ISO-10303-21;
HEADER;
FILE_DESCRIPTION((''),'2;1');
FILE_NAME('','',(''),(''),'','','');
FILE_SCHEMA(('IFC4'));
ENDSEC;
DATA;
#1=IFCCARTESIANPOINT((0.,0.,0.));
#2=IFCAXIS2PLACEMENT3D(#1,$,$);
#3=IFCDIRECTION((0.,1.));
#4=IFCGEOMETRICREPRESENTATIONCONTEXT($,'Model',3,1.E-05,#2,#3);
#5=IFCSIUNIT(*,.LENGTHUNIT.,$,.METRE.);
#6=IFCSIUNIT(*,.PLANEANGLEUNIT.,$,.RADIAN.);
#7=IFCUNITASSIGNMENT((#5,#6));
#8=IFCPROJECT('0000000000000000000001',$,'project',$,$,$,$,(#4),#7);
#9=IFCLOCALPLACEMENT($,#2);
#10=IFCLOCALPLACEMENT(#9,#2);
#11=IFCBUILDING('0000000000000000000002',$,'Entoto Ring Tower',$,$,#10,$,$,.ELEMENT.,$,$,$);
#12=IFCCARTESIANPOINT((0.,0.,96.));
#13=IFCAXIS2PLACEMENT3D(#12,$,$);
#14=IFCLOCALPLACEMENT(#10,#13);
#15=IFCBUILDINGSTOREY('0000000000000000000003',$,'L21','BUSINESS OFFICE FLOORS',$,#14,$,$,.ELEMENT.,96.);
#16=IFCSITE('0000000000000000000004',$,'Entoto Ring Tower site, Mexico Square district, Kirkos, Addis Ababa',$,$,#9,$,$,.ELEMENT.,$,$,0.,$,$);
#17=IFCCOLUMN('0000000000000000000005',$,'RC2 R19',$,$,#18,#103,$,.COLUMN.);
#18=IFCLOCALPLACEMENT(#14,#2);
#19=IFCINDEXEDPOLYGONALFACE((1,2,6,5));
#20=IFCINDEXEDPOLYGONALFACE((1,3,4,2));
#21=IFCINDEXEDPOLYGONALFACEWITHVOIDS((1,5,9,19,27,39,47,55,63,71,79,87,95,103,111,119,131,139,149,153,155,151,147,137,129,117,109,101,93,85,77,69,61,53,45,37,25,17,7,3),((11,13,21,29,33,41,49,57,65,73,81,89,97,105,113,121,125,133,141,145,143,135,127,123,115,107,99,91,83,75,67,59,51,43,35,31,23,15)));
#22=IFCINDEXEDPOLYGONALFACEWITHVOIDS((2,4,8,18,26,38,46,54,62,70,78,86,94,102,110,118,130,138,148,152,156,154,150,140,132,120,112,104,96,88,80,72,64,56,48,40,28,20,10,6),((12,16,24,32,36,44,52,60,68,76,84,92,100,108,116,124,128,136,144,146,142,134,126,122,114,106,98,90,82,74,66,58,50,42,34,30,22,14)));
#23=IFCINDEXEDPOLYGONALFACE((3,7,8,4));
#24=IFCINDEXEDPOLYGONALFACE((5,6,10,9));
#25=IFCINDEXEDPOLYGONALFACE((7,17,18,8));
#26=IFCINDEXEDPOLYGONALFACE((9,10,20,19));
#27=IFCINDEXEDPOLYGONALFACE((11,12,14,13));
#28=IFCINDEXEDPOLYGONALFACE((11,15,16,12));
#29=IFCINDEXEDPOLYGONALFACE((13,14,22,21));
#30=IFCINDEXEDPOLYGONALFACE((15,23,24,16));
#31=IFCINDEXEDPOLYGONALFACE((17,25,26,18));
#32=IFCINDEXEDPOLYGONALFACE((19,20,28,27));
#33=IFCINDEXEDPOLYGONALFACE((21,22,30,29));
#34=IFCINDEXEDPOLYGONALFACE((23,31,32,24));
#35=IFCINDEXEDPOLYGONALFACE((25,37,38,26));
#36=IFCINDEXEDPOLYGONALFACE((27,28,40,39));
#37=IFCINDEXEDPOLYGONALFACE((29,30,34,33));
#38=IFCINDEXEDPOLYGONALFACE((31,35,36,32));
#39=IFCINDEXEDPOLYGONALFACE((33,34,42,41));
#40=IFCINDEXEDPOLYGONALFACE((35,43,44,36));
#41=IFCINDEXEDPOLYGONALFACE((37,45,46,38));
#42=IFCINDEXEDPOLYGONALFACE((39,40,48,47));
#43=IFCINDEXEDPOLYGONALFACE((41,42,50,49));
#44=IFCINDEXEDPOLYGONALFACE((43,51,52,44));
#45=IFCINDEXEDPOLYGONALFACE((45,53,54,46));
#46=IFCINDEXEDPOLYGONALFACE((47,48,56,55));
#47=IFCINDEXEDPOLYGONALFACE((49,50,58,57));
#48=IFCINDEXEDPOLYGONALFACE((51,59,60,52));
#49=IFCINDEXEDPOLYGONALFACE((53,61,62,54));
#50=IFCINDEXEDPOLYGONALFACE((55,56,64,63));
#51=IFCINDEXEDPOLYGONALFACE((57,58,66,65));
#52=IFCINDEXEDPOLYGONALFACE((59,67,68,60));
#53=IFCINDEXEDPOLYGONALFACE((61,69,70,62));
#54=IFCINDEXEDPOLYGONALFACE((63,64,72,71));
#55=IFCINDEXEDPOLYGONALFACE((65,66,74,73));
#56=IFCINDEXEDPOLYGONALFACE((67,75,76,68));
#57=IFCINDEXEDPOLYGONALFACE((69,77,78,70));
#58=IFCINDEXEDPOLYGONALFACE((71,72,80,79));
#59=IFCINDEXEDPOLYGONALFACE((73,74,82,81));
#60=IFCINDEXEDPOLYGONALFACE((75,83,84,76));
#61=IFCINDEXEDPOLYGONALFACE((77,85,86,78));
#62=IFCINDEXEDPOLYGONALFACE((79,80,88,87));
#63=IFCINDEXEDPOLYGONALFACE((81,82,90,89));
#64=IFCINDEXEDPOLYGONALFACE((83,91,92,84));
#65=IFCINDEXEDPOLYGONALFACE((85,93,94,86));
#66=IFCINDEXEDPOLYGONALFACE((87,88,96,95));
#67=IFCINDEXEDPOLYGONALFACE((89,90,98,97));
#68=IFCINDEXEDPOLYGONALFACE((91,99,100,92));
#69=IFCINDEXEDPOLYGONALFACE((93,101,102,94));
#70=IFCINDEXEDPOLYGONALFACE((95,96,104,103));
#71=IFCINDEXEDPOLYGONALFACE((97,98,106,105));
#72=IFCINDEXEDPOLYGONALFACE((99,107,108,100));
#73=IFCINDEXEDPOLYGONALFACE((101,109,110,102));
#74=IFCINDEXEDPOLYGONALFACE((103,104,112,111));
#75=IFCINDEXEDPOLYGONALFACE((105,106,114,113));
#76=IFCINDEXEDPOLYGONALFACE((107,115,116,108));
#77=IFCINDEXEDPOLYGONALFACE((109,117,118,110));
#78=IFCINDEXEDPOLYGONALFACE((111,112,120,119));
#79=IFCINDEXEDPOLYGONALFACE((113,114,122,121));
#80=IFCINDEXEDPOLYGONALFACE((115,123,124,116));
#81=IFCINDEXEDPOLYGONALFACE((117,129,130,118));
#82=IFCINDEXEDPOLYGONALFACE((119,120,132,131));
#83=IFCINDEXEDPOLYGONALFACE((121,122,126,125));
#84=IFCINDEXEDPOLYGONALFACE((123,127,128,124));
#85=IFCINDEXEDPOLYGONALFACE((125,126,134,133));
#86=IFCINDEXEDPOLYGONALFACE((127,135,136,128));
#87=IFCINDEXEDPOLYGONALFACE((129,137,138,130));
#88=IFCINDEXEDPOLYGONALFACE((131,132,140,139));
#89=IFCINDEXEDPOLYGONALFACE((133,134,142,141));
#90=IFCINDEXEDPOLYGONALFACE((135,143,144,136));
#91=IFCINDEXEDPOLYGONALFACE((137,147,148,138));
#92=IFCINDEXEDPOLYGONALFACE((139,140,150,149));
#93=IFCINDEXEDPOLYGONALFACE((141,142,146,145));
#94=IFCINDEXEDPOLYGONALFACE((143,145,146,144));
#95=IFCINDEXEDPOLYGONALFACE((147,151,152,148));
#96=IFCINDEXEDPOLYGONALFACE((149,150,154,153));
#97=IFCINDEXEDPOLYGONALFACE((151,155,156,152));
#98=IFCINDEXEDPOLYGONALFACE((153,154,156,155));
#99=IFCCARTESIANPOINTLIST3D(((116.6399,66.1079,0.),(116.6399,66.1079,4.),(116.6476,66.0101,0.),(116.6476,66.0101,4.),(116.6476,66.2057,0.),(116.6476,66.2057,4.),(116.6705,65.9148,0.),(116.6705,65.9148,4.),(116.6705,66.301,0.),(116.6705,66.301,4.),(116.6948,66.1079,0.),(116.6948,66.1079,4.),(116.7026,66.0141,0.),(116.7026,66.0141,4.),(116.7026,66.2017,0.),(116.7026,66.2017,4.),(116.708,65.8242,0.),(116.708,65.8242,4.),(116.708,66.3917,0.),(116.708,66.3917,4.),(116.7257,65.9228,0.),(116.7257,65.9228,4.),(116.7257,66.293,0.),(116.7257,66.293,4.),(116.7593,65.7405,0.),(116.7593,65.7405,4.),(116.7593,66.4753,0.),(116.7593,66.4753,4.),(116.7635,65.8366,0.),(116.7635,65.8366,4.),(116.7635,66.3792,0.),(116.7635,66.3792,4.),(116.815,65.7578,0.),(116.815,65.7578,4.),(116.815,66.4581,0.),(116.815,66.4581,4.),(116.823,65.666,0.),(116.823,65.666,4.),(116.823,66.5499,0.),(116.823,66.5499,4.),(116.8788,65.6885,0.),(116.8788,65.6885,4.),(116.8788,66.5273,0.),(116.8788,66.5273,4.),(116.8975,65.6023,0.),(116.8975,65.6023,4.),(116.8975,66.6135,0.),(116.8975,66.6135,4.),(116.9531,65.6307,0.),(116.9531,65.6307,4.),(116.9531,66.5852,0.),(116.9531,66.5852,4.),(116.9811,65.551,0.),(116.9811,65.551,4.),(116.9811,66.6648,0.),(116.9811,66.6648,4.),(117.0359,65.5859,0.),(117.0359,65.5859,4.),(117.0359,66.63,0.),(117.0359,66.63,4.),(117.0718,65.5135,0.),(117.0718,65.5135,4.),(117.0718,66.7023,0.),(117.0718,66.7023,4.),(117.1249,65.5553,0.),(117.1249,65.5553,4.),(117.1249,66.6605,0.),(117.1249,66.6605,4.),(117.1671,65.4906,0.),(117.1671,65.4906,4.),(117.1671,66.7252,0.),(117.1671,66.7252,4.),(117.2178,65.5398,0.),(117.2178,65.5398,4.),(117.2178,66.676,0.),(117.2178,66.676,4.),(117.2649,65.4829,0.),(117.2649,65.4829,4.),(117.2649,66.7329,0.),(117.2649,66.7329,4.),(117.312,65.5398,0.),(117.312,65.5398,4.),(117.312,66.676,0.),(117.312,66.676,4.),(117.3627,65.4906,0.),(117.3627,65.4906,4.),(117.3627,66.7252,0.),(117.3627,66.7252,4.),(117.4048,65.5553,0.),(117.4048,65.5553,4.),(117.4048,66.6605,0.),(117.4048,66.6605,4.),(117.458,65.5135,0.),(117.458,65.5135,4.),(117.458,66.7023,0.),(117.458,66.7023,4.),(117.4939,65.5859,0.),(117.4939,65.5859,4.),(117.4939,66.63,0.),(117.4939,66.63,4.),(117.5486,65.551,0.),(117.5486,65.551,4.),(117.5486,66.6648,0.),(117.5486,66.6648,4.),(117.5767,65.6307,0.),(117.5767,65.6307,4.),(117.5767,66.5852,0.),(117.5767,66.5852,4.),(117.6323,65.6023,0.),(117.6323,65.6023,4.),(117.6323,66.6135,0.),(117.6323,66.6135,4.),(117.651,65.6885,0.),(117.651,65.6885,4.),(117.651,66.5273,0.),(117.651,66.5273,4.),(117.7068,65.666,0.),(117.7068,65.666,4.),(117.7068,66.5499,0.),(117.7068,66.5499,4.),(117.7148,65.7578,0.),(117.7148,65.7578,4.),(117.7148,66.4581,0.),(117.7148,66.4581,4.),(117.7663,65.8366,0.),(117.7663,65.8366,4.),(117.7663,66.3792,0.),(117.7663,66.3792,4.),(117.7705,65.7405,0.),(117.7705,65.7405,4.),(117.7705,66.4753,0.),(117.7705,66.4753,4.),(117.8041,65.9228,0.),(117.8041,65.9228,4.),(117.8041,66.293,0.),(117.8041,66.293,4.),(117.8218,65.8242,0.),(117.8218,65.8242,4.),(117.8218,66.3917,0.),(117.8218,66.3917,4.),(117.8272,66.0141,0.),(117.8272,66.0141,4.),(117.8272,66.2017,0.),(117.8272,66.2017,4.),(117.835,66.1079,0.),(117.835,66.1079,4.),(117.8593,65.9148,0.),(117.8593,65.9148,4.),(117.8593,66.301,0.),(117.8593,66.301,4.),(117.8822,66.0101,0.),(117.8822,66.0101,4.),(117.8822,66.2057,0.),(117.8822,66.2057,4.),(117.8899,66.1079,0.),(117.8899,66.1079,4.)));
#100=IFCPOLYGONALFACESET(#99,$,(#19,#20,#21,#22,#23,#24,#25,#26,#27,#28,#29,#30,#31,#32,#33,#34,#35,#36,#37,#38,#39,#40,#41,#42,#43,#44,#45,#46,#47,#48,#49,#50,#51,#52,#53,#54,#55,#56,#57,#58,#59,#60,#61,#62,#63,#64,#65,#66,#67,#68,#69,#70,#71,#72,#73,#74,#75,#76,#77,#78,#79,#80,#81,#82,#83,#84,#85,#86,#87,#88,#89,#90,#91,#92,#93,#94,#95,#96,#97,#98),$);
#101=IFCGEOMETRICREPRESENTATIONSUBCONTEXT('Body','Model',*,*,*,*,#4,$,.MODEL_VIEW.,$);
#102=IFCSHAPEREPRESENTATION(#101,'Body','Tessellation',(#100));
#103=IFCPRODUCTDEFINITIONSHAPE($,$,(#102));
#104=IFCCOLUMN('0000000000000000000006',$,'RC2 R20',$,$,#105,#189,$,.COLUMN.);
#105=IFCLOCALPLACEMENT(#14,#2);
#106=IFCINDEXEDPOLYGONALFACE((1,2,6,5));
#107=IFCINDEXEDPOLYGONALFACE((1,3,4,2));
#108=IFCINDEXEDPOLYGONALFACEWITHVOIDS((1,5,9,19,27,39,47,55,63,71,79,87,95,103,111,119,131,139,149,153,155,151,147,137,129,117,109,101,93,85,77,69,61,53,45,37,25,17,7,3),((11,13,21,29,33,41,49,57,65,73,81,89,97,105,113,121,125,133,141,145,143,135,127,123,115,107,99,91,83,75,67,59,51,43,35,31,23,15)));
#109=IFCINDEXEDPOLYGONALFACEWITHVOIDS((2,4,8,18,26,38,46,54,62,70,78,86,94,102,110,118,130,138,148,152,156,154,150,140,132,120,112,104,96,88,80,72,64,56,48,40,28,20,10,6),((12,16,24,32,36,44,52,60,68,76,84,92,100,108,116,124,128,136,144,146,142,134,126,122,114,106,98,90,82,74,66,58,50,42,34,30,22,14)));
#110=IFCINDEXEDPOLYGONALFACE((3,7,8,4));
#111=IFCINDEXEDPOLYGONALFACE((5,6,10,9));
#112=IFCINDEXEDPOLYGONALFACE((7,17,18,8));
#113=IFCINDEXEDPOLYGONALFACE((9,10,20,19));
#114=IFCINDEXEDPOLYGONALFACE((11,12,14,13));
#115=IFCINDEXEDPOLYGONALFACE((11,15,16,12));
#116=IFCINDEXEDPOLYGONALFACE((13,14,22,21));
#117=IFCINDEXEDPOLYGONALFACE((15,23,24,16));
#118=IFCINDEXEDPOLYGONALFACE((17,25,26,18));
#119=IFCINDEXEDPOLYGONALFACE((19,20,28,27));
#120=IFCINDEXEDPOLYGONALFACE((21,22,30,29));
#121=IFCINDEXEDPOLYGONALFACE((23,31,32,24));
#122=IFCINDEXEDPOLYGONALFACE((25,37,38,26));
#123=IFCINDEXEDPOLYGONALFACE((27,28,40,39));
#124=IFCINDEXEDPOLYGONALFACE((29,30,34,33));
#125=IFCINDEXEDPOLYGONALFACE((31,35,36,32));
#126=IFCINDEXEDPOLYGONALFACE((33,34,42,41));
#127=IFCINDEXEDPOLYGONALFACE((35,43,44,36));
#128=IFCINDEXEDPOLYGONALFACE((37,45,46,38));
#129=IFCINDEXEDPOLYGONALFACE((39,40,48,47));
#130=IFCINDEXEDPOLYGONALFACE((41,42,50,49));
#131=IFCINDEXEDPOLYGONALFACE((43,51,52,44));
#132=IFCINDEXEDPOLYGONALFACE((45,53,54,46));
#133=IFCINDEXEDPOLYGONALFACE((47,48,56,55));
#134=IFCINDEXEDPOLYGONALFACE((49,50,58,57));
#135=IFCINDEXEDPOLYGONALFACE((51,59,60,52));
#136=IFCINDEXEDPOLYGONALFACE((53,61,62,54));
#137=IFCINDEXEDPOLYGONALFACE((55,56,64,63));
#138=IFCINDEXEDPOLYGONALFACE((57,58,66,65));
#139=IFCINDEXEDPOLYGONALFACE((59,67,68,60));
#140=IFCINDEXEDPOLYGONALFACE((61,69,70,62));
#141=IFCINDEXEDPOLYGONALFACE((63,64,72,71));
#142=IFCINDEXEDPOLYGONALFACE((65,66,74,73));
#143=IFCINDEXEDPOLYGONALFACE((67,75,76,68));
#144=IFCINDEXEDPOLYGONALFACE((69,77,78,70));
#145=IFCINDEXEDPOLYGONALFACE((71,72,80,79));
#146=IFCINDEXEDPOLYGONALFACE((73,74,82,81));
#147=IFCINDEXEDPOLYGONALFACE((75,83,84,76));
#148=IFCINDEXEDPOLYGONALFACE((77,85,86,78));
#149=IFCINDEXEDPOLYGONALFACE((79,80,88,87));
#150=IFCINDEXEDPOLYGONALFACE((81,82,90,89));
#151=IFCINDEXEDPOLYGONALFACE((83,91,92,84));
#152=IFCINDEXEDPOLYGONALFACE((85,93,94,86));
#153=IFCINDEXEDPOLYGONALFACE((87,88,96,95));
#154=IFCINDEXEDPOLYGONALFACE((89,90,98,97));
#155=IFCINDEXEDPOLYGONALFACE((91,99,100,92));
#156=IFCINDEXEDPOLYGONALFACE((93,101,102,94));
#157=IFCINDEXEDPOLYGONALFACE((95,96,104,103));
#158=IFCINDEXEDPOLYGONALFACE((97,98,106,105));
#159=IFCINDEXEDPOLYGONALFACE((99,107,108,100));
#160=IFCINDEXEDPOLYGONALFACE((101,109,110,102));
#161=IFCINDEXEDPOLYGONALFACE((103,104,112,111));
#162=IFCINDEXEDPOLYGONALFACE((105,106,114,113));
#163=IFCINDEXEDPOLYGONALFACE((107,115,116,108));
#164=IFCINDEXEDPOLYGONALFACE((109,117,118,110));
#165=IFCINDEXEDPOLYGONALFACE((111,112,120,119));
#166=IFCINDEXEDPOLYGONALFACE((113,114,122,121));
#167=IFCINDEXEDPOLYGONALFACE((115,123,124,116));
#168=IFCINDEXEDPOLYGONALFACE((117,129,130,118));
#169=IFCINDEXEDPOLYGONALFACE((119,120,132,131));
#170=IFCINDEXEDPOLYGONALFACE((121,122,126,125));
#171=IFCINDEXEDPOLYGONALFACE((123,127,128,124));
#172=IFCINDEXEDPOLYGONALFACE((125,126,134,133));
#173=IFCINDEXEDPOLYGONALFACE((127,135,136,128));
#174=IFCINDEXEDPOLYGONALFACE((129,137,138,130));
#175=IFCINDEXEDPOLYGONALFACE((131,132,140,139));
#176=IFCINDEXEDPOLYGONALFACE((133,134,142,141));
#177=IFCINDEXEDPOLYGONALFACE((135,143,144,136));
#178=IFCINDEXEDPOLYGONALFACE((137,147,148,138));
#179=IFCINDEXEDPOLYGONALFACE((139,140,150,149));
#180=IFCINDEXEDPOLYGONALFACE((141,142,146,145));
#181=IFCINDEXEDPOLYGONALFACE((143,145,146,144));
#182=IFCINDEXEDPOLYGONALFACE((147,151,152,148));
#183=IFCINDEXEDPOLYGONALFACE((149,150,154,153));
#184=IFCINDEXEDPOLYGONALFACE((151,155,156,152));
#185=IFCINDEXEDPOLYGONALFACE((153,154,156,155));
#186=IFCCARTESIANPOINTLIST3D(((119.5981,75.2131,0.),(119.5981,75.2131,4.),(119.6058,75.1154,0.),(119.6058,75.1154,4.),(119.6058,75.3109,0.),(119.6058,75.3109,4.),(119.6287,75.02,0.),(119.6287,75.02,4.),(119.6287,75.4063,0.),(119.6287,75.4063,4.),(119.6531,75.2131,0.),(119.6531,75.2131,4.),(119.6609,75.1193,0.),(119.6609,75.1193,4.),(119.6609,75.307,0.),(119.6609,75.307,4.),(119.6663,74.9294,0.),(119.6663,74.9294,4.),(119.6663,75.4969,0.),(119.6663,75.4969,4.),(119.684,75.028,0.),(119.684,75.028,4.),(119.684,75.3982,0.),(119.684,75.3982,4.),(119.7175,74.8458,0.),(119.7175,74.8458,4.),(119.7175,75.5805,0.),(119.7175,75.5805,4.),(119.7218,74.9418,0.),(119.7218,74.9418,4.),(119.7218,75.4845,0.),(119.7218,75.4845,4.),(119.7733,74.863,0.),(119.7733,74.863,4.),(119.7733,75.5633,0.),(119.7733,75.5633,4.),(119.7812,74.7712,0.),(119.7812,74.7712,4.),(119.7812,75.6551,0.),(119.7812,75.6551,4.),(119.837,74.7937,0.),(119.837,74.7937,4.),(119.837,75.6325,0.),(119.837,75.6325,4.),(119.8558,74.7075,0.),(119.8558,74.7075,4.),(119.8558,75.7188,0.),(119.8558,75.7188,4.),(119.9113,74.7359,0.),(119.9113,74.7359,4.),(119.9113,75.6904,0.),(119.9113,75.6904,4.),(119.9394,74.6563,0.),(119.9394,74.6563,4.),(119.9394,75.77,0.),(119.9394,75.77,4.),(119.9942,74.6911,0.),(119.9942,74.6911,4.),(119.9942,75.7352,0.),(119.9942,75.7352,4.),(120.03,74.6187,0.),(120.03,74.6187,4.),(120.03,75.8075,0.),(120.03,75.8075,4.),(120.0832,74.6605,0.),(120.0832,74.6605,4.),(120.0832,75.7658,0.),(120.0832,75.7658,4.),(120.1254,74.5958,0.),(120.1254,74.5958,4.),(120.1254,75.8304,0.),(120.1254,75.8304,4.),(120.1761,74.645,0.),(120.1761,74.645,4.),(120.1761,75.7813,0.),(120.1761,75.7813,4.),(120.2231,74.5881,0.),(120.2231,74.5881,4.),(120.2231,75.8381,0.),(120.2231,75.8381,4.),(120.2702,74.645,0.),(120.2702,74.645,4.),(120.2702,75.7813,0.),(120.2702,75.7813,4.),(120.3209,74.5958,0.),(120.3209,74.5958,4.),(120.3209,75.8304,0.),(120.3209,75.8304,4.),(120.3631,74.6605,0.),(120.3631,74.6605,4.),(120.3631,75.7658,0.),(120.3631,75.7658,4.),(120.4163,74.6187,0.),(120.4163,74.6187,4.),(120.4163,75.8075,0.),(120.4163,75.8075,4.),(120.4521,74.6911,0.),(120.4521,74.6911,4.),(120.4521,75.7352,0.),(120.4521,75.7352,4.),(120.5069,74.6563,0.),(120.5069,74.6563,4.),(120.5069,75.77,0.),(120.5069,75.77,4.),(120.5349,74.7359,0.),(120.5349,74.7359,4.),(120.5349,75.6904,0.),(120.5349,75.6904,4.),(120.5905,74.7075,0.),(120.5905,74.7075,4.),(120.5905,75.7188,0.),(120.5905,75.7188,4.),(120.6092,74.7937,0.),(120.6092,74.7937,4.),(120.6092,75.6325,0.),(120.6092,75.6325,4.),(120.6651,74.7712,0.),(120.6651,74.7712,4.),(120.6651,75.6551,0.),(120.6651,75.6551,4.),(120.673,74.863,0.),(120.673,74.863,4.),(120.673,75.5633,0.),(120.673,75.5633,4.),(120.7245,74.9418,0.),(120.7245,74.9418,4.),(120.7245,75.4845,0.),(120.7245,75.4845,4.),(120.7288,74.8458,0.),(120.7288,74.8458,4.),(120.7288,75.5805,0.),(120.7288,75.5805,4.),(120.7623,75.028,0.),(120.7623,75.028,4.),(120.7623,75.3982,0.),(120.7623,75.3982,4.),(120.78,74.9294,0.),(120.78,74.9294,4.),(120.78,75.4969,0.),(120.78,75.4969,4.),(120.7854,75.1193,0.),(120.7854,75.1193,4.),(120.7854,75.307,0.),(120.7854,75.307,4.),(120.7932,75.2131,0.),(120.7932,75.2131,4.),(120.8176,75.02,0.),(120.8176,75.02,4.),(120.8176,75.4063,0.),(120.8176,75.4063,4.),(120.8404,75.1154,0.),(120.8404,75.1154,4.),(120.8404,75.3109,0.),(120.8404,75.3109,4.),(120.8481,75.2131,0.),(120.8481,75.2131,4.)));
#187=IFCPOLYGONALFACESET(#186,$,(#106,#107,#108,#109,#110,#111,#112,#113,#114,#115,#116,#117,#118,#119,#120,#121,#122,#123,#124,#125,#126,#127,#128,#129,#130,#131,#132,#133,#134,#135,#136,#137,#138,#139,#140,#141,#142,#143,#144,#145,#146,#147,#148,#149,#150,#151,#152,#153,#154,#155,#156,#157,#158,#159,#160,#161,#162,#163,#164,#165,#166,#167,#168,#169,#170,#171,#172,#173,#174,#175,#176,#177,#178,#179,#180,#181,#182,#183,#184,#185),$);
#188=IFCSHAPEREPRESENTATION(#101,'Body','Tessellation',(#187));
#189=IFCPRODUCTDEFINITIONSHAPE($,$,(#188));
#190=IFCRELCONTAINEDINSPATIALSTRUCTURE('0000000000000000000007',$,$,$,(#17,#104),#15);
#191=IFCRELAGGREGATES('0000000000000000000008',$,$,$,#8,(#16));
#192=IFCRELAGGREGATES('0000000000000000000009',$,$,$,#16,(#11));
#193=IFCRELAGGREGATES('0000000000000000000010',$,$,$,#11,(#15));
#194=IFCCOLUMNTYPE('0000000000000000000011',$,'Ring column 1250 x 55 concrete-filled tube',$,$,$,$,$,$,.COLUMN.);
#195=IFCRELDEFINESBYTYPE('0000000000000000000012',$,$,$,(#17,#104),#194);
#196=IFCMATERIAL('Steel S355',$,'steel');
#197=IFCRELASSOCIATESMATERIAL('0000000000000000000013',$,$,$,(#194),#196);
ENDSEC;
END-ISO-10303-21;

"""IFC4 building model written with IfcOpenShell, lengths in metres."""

from ifc_helpers import new_model, si_unit, direction, frame, origin, origin_2d, place, context, subcontext, project, spatial, circle, hollow_circle, extrude, material, material_profile, profile_set, type_object, element, save


model = new_model("IFC4")

# Units and contexts
model_context = context("Model", 3, precision=1e-05, world=origin(), true_north=direction((0.0, 1.0)))
body_context = subcontext(model_context, "Body", "Model", "MODEL_VIEW")
ifc_project = project(units=[si_unit("LENGTHUNIT", "METRE"), si_unit("PLANEANGLEUNIT", "RADIAN")], contexts=[model_context])

# Site, building, storey
site_placement = place(None, origin())
site = spatial("IfcSite", under=ifc_project, at=site_placement, Name="Entoto Ring Tower site, Mexico Square district, Kirkos, Addis Ababa", CompositionType="ELEMENT", RefElevation=0.0)
building_placement = place(site_placement, origin())
building = spatial("IfcBuilding", under=site, at=building_placement, Name="Entoto Ring Tower", CompositionType="ELEMENT")
storey_placement = place(building_placement, frame((0.0, 0.0, 96.0)))
storey = spatial("IfcBuildingStorey", under=building, at=storey_placement, Name="L21", Description="BUSINESS OFFICE FLOORS", CompositionType="ELEMENT", Elevation=96.0)

# Columns
ifc_material_1 = material(Name="Steel S355", Category="steel")
ifc_material_profile_1 = material_profile(ifc_material_1, hollow_circle(Radius=0.625, WallThickness=0.0549, at=origin_2d()), Name="CHS 1250 x 55")
ifc_material_2 = material(Name="Concrete C60/75", Category="concrete")
ifc_material_profile_2 = material_profile(ifc_material_2, circle(Radius=0.5701, at=origin_2d()), Name="Concrete C60/75 infill")
ifc_profile_set_1 = profile_set([ifc_material_profile_1, ifc_material_profile_2], Name="Steel S355")
column_type = type_object("IfcColumnType", Name="Ring column 1250 x 55 concrete-filled tube", PredefinedType="COLUMN", material=ifc_profile_set_1)
for number, where, z_axis, x_axis, name in (
    (1, (117.2649, 66.1079, 0.0), (0.0, 0.0, 1.0), (1.0, 0.0, 0.0), "RC2 R19"),
    (2, (120.2231, 75.2131, 0.0), (0.0, 0.0, 1.0), (1.0, 0.0, 0.0), "RC2 R20"),
):
    element("IfcColumn", number, at=place(storey_placement, frame(where, z_axis=z_axis, x_axis=x_axis)), inside=storey, type_object=column_type, Name=name, PredefinedType="COLUMN", context=body_context, shape_type="SweptSolid", body=[
        extrude(hollow_circle(Radius=0.625, WallThickness=0.0549, at=origin_2d()), origin(), (0.0, 0.0, 1.0), 4.0),
    ])

save(model, "model.ifc")
